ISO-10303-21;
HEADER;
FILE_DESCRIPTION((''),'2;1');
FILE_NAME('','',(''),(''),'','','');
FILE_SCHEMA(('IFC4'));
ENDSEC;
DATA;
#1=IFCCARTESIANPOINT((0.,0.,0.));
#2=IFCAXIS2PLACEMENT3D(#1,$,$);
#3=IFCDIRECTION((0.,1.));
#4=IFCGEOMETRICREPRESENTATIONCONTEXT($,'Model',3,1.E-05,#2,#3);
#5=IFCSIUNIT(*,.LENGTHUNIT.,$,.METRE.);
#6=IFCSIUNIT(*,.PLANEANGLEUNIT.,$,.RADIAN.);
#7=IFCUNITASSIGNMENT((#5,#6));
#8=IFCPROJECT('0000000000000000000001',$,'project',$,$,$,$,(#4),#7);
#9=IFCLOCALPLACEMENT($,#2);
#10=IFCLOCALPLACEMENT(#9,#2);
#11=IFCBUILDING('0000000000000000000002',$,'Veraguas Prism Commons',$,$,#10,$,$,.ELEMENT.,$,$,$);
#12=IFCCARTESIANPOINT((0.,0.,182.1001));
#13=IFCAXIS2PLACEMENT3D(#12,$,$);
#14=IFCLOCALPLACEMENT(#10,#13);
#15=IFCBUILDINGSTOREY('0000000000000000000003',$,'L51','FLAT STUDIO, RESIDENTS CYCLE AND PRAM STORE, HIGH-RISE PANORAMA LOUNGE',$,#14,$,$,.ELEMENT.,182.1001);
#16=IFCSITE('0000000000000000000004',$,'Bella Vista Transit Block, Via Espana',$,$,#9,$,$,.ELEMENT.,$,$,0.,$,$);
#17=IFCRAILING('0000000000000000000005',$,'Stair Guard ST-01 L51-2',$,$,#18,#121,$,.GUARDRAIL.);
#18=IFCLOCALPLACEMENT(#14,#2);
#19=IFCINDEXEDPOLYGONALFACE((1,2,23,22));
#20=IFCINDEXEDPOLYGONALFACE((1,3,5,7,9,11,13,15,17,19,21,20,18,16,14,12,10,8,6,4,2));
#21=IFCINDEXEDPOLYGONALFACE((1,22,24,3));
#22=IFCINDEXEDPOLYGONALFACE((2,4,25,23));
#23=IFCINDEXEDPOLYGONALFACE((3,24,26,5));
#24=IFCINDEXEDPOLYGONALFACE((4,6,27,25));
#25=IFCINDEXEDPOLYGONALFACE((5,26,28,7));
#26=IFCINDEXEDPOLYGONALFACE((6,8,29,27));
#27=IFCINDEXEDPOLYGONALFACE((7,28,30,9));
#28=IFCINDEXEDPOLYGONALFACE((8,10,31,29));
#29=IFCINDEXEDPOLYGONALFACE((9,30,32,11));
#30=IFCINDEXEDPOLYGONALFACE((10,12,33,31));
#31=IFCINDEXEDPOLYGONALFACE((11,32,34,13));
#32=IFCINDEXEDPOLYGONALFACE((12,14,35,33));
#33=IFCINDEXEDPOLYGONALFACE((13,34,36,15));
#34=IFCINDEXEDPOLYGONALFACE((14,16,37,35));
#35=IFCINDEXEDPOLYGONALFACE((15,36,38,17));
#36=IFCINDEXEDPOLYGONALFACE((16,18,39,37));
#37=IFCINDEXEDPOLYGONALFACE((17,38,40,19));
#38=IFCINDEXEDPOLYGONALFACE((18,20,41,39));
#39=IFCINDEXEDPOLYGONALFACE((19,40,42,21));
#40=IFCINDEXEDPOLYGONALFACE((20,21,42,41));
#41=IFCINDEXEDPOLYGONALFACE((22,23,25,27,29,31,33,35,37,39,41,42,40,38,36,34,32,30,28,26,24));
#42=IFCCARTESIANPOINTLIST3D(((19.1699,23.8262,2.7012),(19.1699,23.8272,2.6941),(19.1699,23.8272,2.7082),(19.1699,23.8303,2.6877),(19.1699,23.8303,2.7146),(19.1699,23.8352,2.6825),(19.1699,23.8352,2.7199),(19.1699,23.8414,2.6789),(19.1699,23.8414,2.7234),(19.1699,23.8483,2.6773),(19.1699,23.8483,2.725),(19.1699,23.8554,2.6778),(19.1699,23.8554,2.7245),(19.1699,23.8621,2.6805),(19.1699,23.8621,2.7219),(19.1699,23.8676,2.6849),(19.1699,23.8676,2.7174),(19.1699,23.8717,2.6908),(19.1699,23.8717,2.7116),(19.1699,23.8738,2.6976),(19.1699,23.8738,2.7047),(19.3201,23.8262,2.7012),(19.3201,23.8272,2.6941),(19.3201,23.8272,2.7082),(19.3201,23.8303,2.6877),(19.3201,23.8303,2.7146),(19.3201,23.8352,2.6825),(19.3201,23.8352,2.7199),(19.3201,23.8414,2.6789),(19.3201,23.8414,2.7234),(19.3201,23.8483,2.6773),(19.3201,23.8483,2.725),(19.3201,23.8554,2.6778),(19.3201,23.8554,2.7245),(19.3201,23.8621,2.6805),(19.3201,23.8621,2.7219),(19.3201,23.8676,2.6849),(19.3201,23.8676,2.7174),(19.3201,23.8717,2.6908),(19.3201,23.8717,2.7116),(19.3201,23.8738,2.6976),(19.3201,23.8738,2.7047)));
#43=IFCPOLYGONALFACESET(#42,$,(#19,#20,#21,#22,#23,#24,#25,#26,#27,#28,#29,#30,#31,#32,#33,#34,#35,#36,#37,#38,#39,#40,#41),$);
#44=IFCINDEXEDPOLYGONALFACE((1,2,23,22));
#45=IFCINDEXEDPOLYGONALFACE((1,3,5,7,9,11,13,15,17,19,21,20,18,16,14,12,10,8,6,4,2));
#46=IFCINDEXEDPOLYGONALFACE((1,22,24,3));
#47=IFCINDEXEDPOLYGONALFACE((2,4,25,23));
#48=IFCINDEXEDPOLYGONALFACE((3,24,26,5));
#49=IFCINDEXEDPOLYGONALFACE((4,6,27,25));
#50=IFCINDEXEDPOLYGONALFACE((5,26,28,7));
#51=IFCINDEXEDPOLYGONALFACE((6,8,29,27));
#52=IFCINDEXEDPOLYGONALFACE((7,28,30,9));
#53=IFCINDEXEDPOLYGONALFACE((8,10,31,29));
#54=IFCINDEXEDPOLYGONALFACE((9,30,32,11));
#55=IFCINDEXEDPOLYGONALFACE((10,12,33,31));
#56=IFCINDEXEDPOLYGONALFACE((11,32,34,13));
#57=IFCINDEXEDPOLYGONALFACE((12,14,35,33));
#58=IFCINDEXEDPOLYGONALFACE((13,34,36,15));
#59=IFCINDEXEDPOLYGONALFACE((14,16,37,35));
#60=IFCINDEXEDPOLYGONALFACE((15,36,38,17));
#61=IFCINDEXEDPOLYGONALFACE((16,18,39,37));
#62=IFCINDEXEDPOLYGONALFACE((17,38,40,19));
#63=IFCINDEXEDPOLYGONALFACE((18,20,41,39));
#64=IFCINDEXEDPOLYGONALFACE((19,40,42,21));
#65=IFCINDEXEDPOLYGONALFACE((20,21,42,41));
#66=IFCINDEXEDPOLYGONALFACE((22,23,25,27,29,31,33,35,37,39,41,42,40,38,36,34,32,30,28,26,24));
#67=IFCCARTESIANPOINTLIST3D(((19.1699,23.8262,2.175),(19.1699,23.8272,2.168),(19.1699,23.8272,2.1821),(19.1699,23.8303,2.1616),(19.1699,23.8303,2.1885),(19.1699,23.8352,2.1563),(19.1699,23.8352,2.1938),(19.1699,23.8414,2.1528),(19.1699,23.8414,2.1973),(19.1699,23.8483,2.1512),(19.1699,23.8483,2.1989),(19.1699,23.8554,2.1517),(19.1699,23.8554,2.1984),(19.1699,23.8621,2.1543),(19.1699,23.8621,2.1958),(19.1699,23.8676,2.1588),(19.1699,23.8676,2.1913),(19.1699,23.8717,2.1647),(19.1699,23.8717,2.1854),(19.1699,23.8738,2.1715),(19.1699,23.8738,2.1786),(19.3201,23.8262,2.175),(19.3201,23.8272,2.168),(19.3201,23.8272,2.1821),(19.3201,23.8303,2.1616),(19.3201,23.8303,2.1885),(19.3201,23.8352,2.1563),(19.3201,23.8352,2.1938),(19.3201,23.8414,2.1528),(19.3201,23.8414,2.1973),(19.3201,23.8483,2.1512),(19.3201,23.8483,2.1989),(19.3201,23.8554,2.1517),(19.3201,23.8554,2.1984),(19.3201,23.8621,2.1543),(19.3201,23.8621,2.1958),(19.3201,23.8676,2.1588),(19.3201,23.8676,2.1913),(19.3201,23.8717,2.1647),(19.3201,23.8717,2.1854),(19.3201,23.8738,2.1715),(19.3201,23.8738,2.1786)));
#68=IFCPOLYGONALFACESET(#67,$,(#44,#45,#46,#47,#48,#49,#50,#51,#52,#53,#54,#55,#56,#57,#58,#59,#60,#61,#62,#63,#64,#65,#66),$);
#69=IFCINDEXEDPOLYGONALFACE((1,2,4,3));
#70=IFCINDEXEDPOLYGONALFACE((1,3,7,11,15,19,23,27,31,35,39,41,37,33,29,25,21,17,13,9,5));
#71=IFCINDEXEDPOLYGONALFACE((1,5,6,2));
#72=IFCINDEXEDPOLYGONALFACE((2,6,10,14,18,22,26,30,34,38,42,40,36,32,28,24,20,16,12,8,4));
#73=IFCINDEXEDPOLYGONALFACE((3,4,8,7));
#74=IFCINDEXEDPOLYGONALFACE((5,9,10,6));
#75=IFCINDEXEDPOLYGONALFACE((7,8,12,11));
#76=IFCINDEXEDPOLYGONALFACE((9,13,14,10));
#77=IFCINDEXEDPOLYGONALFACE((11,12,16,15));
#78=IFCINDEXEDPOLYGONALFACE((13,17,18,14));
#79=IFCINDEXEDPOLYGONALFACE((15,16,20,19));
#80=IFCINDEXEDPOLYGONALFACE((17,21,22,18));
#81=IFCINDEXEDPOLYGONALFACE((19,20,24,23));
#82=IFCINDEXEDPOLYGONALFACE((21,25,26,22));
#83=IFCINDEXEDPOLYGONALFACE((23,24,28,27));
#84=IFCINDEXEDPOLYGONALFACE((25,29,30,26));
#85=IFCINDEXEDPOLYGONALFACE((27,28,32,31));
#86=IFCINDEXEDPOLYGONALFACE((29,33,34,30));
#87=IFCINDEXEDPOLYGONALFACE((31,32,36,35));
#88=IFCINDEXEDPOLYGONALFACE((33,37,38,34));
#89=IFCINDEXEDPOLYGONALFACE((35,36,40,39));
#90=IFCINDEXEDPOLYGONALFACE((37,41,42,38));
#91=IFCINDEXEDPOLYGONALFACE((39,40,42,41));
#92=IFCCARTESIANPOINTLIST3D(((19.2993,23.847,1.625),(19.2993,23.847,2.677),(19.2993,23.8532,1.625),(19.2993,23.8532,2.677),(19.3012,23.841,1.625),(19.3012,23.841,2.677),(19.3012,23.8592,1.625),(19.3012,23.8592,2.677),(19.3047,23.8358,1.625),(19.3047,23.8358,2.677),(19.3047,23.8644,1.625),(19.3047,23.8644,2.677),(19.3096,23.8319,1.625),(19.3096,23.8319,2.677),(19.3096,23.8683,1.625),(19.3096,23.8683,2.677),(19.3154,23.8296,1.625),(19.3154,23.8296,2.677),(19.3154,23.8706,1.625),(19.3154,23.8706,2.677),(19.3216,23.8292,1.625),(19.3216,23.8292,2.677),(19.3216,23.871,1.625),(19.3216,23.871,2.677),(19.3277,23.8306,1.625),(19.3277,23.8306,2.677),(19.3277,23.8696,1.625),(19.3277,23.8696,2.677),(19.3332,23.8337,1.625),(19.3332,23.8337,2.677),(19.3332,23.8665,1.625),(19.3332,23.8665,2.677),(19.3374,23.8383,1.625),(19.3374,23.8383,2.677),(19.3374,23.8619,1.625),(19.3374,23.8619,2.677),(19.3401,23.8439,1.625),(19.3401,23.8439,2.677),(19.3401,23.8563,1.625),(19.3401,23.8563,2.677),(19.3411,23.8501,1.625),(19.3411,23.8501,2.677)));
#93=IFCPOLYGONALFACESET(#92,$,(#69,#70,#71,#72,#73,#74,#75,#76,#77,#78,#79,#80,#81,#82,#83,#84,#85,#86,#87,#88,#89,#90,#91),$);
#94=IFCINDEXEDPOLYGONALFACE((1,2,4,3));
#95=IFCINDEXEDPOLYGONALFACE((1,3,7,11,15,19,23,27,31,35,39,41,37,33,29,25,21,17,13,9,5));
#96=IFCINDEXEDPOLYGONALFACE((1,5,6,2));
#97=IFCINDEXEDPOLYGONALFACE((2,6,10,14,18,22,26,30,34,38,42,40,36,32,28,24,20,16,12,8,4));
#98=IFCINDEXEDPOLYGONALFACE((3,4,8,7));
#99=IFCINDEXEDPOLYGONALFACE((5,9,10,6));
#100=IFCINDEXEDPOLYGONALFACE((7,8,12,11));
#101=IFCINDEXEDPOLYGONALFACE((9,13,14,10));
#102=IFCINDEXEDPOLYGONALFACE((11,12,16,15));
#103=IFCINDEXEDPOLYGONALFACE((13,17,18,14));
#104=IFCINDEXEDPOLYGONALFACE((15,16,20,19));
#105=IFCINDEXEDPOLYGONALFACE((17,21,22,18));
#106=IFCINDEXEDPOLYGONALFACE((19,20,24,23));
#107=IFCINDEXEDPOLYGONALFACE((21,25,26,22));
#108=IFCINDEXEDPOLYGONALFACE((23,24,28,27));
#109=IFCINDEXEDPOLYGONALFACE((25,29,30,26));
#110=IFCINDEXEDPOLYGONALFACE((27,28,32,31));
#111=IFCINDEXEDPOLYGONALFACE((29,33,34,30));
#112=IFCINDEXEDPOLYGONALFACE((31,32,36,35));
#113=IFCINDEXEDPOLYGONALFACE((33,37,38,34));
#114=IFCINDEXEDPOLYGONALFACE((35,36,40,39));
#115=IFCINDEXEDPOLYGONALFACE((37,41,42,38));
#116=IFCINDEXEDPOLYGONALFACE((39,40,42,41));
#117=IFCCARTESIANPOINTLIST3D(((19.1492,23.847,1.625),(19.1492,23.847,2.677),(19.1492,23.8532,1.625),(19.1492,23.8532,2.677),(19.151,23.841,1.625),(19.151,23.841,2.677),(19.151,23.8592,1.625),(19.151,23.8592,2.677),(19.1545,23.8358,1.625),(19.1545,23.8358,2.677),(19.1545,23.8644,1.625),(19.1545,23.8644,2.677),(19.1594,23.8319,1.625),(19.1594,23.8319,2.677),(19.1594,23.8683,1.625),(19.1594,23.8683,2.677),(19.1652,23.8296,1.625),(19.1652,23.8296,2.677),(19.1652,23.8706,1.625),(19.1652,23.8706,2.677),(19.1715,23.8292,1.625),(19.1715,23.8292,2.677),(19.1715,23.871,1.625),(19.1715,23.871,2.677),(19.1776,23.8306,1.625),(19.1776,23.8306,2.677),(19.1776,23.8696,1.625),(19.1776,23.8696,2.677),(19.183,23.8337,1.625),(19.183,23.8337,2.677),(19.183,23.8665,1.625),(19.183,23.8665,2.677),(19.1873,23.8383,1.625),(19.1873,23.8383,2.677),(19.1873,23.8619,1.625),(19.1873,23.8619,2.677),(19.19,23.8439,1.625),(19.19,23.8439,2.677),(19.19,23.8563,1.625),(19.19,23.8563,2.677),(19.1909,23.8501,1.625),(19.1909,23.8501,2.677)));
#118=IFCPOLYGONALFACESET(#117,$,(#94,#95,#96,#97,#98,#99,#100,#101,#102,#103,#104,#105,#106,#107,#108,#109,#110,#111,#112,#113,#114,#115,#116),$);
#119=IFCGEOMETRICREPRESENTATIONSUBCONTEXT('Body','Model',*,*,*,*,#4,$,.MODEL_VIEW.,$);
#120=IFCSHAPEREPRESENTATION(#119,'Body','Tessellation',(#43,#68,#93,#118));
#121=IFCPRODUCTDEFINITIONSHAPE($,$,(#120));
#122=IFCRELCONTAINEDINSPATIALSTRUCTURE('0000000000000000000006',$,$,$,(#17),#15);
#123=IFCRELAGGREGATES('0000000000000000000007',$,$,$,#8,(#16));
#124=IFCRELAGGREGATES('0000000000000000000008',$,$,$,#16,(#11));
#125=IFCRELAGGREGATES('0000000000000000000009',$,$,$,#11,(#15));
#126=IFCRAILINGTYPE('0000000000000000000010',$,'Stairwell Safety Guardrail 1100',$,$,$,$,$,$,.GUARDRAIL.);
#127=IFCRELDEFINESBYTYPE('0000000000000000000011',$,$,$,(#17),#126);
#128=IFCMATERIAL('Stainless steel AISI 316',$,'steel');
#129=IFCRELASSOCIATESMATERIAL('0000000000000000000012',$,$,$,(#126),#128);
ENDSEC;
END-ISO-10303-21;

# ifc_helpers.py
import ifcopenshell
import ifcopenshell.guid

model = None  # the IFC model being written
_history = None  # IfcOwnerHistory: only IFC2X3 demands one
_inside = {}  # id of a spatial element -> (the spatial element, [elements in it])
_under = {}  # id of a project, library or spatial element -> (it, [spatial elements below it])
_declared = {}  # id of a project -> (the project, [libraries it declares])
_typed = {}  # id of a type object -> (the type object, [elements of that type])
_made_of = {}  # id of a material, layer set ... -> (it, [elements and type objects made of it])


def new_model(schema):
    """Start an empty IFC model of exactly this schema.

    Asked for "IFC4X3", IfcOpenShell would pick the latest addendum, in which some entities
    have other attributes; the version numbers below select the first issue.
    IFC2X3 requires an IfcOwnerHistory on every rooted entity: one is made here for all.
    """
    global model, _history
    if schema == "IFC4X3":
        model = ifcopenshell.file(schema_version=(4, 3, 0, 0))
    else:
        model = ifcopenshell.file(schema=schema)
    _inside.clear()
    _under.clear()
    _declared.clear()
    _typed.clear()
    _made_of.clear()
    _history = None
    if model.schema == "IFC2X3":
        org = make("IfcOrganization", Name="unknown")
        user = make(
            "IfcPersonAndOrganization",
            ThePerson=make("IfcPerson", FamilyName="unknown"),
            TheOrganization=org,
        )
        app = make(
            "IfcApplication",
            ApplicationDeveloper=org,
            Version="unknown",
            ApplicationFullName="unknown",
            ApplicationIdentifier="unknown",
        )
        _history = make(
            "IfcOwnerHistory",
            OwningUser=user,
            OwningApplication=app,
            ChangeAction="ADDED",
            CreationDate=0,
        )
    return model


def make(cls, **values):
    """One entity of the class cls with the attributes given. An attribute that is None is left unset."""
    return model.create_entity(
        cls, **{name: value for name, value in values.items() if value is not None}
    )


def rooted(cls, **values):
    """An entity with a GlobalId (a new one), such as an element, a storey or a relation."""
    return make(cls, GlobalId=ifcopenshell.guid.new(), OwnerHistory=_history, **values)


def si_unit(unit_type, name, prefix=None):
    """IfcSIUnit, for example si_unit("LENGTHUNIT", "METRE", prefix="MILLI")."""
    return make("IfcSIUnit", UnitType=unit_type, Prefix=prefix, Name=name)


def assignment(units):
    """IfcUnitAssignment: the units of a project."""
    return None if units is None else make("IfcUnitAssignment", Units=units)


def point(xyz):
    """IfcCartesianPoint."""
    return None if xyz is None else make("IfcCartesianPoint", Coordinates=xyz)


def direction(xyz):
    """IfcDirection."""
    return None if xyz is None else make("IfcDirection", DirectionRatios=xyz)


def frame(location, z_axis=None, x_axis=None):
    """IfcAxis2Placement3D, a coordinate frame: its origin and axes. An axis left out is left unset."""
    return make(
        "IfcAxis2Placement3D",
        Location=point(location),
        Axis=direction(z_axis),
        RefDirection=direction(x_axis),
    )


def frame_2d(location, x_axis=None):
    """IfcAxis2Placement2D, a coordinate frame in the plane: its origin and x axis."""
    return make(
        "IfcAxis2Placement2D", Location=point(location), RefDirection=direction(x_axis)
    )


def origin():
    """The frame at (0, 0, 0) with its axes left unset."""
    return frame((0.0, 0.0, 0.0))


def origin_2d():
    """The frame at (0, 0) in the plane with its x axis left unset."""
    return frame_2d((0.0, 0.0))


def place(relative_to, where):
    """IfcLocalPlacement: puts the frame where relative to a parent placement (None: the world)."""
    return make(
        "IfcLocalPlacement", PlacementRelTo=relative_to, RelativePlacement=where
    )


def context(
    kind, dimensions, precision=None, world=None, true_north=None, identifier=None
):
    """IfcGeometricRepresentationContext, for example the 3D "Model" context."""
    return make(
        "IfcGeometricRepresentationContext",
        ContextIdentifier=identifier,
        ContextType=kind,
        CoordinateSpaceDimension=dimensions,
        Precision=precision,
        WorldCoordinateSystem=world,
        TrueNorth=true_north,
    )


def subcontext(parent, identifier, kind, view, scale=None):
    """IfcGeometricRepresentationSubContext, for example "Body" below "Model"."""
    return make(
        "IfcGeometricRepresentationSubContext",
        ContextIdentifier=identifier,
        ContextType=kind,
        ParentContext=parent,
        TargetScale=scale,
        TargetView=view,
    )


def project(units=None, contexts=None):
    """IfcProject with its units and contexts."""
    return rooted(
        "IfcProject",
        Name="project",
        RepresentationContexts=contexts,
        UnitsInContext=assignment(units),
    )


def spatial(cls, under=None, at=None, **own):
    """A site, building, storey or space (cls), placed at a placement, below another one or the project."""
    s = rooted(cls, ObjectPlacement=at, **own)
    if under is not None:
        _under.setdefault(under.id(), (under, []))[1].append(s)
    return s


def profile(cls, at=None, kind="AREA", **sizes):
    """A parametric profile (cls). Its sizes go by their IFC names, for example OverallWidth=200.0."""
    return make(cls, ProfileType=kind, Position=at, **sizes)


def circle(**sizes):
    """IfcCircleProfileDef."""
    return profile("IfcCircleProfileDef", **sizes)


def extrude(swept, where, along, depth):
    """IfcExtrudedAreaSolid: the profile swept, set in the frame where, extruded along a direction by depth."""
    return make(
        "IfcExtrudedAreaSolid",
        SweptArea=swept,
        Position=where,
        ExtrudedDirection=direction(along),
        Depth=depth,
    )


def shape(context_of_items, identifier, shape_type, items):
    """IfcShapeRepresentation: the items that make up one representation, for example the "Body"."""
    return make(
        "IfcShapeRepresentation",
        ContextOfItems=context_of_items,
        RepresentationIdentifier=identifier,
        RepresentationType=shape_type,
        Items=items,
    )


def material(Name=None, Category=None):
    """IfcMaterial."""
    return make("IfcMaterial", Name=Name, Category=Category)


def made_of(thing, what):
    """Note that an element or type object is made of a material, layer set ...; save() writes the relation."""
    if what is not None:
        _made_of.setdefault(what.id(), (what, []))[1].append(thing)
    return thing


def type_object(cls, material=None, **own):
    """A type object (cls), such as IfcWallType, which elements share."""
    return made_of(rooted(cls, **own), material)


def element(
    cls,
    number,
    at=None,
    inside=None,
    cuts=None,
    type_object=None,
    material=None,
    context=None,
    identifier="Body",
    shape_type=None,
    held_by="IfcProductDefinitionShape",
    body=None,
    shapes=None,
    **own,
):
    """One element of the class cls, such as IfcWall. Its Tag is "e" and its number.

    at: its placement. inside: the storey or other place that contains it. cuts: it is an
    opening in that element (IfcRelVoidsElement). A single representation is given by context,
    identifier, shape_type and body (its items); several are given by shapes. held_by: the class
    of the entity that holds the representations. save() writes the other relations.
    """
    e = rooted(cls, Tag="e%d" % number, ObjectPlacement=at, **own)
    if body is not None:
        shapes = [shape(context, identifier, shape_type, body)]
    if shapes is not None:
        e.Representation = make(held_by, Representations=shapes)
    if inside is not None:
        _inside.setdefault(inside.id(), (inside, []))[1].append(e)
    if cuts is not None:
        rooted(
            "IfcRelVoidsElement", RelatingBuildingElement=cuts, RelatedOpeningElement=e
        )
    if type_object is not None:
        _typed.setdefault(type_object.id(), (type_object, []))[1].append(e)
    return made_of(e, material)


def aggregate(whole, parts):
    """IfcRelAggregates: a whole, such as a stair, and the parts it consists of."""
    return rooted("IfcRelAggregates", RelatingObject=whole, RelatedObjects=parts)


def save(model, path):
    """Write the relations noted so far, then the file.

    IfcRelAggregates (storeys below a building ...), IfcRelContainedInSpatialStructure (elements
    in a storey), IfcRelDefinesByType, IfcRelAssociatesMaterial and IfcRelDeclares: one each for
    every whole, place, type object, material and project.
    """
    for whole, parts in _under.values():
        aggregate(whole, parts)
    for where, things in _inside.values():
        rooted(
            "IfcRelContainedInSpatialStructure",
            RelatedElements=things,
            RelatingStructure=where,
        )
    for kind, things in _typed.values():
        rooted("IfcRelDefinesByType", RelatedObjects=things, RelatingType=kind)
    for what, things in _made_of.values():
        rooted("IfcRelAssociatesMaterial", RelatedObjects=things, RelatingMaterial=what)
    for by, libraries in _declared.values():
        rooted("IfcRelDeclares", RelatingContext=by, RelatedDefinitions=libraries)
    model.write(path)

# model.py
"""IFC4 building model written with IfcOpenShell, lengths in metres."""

from ifc_helpers import new_model, si_unit, direction, frame, origin, origin_2d, place, context, subcontext, project, spatial, circle, extrude, material, type_object, element, save


model = new_model("IFC4")

# Units and contexts
model_context = context("Model", 3, precision=1e-05, world=origin(), true_north=direction((0.0, 1.0)))
body_context = subcontext(model_context, "Body", "Model", "MODEL_VIEW")
ifc_project = project(units=[si_unit("LENGTHUNIT", "METRE"), si_unit("PLANEANGLEUNIT", "RADIAN")], contexts=[model_context])

# Site, building, storey
site_placement = place(None, origin())
site = spatial("IfcSite", under=ifc_project, at=site_placement, Name="Bella Vista Transit Block, Via Espana", CompositionType="ELEMENT", RefElevation=0.0)
building_placement = place(site_placement, origin())
building = spatial("IfcBuilding", under=site, at=building_placement, Name="Veraguas Prism Commons", CompositionType="ELEMENT")
storey_placement = place(building_placement, frame((0.0, 0.0, 182.1001)))
storey = spatial("IfcBuildingStorey", under=building, at=storey_placement, Name="L51", Description="FLAT STUDIO, RESIDENTS CYCLE AND PRAM STORE, HIGH-RISE PANORAMA LOUNGE", CompositionType="ELEMENT", Elevation=182.1001)

# Railing
ifc_material_1 = material(Name="Stainless steel AISI 316", Category="steel")
railing_type_1 = type_object("IfcRailingType", Name="Stairwell Safety Guardrail 1100", PredefinedType="GUARDRAIL", material=ifc_material_1)
railing_1_placement = place(storey_placement, frame((19.3201, 23.8501, 1.625)))
element("IfcRailing", 1, at=railing_1_placement, inside=storey, type_object=railing_type_1, Name="Stair Guard ST-01 L51-2", PredefinedType="GUARDRAIL", context=body_context, shape_type="SweptSolid", body=[
    extrude(circle(Radius=0.0239, at=origin_2d()), frame((0.0, 0.0, 1.0762), z_axis=(-1.0, 0.0, 0.0), x_axis=(0.0, -1.0, 0.0)), (0.0, 0.0, 1.0), 0.1501),
    extrude(circle(Radius=0.0239, at=origin_2d()), frame((0.0, 0.0, 0.55), z_axis=(-1.0, 0.0, 0.0), x_axis=(0.0, -1.0, 0.0)), (0.0, 0.0, 1.0), 0.1501),
    extrude(circle(Radius=0.021, at=origin_2d()), origin(), (0.0, 0.0, 1.0), 1.052),
    extrude(circle(Radius=0.021, at=origin_2d()), frame((-0.1501, 0.0, 0.0)), (0.0, 0.0, 1.0), 1.052),
])

save(model, "model.ifc")
